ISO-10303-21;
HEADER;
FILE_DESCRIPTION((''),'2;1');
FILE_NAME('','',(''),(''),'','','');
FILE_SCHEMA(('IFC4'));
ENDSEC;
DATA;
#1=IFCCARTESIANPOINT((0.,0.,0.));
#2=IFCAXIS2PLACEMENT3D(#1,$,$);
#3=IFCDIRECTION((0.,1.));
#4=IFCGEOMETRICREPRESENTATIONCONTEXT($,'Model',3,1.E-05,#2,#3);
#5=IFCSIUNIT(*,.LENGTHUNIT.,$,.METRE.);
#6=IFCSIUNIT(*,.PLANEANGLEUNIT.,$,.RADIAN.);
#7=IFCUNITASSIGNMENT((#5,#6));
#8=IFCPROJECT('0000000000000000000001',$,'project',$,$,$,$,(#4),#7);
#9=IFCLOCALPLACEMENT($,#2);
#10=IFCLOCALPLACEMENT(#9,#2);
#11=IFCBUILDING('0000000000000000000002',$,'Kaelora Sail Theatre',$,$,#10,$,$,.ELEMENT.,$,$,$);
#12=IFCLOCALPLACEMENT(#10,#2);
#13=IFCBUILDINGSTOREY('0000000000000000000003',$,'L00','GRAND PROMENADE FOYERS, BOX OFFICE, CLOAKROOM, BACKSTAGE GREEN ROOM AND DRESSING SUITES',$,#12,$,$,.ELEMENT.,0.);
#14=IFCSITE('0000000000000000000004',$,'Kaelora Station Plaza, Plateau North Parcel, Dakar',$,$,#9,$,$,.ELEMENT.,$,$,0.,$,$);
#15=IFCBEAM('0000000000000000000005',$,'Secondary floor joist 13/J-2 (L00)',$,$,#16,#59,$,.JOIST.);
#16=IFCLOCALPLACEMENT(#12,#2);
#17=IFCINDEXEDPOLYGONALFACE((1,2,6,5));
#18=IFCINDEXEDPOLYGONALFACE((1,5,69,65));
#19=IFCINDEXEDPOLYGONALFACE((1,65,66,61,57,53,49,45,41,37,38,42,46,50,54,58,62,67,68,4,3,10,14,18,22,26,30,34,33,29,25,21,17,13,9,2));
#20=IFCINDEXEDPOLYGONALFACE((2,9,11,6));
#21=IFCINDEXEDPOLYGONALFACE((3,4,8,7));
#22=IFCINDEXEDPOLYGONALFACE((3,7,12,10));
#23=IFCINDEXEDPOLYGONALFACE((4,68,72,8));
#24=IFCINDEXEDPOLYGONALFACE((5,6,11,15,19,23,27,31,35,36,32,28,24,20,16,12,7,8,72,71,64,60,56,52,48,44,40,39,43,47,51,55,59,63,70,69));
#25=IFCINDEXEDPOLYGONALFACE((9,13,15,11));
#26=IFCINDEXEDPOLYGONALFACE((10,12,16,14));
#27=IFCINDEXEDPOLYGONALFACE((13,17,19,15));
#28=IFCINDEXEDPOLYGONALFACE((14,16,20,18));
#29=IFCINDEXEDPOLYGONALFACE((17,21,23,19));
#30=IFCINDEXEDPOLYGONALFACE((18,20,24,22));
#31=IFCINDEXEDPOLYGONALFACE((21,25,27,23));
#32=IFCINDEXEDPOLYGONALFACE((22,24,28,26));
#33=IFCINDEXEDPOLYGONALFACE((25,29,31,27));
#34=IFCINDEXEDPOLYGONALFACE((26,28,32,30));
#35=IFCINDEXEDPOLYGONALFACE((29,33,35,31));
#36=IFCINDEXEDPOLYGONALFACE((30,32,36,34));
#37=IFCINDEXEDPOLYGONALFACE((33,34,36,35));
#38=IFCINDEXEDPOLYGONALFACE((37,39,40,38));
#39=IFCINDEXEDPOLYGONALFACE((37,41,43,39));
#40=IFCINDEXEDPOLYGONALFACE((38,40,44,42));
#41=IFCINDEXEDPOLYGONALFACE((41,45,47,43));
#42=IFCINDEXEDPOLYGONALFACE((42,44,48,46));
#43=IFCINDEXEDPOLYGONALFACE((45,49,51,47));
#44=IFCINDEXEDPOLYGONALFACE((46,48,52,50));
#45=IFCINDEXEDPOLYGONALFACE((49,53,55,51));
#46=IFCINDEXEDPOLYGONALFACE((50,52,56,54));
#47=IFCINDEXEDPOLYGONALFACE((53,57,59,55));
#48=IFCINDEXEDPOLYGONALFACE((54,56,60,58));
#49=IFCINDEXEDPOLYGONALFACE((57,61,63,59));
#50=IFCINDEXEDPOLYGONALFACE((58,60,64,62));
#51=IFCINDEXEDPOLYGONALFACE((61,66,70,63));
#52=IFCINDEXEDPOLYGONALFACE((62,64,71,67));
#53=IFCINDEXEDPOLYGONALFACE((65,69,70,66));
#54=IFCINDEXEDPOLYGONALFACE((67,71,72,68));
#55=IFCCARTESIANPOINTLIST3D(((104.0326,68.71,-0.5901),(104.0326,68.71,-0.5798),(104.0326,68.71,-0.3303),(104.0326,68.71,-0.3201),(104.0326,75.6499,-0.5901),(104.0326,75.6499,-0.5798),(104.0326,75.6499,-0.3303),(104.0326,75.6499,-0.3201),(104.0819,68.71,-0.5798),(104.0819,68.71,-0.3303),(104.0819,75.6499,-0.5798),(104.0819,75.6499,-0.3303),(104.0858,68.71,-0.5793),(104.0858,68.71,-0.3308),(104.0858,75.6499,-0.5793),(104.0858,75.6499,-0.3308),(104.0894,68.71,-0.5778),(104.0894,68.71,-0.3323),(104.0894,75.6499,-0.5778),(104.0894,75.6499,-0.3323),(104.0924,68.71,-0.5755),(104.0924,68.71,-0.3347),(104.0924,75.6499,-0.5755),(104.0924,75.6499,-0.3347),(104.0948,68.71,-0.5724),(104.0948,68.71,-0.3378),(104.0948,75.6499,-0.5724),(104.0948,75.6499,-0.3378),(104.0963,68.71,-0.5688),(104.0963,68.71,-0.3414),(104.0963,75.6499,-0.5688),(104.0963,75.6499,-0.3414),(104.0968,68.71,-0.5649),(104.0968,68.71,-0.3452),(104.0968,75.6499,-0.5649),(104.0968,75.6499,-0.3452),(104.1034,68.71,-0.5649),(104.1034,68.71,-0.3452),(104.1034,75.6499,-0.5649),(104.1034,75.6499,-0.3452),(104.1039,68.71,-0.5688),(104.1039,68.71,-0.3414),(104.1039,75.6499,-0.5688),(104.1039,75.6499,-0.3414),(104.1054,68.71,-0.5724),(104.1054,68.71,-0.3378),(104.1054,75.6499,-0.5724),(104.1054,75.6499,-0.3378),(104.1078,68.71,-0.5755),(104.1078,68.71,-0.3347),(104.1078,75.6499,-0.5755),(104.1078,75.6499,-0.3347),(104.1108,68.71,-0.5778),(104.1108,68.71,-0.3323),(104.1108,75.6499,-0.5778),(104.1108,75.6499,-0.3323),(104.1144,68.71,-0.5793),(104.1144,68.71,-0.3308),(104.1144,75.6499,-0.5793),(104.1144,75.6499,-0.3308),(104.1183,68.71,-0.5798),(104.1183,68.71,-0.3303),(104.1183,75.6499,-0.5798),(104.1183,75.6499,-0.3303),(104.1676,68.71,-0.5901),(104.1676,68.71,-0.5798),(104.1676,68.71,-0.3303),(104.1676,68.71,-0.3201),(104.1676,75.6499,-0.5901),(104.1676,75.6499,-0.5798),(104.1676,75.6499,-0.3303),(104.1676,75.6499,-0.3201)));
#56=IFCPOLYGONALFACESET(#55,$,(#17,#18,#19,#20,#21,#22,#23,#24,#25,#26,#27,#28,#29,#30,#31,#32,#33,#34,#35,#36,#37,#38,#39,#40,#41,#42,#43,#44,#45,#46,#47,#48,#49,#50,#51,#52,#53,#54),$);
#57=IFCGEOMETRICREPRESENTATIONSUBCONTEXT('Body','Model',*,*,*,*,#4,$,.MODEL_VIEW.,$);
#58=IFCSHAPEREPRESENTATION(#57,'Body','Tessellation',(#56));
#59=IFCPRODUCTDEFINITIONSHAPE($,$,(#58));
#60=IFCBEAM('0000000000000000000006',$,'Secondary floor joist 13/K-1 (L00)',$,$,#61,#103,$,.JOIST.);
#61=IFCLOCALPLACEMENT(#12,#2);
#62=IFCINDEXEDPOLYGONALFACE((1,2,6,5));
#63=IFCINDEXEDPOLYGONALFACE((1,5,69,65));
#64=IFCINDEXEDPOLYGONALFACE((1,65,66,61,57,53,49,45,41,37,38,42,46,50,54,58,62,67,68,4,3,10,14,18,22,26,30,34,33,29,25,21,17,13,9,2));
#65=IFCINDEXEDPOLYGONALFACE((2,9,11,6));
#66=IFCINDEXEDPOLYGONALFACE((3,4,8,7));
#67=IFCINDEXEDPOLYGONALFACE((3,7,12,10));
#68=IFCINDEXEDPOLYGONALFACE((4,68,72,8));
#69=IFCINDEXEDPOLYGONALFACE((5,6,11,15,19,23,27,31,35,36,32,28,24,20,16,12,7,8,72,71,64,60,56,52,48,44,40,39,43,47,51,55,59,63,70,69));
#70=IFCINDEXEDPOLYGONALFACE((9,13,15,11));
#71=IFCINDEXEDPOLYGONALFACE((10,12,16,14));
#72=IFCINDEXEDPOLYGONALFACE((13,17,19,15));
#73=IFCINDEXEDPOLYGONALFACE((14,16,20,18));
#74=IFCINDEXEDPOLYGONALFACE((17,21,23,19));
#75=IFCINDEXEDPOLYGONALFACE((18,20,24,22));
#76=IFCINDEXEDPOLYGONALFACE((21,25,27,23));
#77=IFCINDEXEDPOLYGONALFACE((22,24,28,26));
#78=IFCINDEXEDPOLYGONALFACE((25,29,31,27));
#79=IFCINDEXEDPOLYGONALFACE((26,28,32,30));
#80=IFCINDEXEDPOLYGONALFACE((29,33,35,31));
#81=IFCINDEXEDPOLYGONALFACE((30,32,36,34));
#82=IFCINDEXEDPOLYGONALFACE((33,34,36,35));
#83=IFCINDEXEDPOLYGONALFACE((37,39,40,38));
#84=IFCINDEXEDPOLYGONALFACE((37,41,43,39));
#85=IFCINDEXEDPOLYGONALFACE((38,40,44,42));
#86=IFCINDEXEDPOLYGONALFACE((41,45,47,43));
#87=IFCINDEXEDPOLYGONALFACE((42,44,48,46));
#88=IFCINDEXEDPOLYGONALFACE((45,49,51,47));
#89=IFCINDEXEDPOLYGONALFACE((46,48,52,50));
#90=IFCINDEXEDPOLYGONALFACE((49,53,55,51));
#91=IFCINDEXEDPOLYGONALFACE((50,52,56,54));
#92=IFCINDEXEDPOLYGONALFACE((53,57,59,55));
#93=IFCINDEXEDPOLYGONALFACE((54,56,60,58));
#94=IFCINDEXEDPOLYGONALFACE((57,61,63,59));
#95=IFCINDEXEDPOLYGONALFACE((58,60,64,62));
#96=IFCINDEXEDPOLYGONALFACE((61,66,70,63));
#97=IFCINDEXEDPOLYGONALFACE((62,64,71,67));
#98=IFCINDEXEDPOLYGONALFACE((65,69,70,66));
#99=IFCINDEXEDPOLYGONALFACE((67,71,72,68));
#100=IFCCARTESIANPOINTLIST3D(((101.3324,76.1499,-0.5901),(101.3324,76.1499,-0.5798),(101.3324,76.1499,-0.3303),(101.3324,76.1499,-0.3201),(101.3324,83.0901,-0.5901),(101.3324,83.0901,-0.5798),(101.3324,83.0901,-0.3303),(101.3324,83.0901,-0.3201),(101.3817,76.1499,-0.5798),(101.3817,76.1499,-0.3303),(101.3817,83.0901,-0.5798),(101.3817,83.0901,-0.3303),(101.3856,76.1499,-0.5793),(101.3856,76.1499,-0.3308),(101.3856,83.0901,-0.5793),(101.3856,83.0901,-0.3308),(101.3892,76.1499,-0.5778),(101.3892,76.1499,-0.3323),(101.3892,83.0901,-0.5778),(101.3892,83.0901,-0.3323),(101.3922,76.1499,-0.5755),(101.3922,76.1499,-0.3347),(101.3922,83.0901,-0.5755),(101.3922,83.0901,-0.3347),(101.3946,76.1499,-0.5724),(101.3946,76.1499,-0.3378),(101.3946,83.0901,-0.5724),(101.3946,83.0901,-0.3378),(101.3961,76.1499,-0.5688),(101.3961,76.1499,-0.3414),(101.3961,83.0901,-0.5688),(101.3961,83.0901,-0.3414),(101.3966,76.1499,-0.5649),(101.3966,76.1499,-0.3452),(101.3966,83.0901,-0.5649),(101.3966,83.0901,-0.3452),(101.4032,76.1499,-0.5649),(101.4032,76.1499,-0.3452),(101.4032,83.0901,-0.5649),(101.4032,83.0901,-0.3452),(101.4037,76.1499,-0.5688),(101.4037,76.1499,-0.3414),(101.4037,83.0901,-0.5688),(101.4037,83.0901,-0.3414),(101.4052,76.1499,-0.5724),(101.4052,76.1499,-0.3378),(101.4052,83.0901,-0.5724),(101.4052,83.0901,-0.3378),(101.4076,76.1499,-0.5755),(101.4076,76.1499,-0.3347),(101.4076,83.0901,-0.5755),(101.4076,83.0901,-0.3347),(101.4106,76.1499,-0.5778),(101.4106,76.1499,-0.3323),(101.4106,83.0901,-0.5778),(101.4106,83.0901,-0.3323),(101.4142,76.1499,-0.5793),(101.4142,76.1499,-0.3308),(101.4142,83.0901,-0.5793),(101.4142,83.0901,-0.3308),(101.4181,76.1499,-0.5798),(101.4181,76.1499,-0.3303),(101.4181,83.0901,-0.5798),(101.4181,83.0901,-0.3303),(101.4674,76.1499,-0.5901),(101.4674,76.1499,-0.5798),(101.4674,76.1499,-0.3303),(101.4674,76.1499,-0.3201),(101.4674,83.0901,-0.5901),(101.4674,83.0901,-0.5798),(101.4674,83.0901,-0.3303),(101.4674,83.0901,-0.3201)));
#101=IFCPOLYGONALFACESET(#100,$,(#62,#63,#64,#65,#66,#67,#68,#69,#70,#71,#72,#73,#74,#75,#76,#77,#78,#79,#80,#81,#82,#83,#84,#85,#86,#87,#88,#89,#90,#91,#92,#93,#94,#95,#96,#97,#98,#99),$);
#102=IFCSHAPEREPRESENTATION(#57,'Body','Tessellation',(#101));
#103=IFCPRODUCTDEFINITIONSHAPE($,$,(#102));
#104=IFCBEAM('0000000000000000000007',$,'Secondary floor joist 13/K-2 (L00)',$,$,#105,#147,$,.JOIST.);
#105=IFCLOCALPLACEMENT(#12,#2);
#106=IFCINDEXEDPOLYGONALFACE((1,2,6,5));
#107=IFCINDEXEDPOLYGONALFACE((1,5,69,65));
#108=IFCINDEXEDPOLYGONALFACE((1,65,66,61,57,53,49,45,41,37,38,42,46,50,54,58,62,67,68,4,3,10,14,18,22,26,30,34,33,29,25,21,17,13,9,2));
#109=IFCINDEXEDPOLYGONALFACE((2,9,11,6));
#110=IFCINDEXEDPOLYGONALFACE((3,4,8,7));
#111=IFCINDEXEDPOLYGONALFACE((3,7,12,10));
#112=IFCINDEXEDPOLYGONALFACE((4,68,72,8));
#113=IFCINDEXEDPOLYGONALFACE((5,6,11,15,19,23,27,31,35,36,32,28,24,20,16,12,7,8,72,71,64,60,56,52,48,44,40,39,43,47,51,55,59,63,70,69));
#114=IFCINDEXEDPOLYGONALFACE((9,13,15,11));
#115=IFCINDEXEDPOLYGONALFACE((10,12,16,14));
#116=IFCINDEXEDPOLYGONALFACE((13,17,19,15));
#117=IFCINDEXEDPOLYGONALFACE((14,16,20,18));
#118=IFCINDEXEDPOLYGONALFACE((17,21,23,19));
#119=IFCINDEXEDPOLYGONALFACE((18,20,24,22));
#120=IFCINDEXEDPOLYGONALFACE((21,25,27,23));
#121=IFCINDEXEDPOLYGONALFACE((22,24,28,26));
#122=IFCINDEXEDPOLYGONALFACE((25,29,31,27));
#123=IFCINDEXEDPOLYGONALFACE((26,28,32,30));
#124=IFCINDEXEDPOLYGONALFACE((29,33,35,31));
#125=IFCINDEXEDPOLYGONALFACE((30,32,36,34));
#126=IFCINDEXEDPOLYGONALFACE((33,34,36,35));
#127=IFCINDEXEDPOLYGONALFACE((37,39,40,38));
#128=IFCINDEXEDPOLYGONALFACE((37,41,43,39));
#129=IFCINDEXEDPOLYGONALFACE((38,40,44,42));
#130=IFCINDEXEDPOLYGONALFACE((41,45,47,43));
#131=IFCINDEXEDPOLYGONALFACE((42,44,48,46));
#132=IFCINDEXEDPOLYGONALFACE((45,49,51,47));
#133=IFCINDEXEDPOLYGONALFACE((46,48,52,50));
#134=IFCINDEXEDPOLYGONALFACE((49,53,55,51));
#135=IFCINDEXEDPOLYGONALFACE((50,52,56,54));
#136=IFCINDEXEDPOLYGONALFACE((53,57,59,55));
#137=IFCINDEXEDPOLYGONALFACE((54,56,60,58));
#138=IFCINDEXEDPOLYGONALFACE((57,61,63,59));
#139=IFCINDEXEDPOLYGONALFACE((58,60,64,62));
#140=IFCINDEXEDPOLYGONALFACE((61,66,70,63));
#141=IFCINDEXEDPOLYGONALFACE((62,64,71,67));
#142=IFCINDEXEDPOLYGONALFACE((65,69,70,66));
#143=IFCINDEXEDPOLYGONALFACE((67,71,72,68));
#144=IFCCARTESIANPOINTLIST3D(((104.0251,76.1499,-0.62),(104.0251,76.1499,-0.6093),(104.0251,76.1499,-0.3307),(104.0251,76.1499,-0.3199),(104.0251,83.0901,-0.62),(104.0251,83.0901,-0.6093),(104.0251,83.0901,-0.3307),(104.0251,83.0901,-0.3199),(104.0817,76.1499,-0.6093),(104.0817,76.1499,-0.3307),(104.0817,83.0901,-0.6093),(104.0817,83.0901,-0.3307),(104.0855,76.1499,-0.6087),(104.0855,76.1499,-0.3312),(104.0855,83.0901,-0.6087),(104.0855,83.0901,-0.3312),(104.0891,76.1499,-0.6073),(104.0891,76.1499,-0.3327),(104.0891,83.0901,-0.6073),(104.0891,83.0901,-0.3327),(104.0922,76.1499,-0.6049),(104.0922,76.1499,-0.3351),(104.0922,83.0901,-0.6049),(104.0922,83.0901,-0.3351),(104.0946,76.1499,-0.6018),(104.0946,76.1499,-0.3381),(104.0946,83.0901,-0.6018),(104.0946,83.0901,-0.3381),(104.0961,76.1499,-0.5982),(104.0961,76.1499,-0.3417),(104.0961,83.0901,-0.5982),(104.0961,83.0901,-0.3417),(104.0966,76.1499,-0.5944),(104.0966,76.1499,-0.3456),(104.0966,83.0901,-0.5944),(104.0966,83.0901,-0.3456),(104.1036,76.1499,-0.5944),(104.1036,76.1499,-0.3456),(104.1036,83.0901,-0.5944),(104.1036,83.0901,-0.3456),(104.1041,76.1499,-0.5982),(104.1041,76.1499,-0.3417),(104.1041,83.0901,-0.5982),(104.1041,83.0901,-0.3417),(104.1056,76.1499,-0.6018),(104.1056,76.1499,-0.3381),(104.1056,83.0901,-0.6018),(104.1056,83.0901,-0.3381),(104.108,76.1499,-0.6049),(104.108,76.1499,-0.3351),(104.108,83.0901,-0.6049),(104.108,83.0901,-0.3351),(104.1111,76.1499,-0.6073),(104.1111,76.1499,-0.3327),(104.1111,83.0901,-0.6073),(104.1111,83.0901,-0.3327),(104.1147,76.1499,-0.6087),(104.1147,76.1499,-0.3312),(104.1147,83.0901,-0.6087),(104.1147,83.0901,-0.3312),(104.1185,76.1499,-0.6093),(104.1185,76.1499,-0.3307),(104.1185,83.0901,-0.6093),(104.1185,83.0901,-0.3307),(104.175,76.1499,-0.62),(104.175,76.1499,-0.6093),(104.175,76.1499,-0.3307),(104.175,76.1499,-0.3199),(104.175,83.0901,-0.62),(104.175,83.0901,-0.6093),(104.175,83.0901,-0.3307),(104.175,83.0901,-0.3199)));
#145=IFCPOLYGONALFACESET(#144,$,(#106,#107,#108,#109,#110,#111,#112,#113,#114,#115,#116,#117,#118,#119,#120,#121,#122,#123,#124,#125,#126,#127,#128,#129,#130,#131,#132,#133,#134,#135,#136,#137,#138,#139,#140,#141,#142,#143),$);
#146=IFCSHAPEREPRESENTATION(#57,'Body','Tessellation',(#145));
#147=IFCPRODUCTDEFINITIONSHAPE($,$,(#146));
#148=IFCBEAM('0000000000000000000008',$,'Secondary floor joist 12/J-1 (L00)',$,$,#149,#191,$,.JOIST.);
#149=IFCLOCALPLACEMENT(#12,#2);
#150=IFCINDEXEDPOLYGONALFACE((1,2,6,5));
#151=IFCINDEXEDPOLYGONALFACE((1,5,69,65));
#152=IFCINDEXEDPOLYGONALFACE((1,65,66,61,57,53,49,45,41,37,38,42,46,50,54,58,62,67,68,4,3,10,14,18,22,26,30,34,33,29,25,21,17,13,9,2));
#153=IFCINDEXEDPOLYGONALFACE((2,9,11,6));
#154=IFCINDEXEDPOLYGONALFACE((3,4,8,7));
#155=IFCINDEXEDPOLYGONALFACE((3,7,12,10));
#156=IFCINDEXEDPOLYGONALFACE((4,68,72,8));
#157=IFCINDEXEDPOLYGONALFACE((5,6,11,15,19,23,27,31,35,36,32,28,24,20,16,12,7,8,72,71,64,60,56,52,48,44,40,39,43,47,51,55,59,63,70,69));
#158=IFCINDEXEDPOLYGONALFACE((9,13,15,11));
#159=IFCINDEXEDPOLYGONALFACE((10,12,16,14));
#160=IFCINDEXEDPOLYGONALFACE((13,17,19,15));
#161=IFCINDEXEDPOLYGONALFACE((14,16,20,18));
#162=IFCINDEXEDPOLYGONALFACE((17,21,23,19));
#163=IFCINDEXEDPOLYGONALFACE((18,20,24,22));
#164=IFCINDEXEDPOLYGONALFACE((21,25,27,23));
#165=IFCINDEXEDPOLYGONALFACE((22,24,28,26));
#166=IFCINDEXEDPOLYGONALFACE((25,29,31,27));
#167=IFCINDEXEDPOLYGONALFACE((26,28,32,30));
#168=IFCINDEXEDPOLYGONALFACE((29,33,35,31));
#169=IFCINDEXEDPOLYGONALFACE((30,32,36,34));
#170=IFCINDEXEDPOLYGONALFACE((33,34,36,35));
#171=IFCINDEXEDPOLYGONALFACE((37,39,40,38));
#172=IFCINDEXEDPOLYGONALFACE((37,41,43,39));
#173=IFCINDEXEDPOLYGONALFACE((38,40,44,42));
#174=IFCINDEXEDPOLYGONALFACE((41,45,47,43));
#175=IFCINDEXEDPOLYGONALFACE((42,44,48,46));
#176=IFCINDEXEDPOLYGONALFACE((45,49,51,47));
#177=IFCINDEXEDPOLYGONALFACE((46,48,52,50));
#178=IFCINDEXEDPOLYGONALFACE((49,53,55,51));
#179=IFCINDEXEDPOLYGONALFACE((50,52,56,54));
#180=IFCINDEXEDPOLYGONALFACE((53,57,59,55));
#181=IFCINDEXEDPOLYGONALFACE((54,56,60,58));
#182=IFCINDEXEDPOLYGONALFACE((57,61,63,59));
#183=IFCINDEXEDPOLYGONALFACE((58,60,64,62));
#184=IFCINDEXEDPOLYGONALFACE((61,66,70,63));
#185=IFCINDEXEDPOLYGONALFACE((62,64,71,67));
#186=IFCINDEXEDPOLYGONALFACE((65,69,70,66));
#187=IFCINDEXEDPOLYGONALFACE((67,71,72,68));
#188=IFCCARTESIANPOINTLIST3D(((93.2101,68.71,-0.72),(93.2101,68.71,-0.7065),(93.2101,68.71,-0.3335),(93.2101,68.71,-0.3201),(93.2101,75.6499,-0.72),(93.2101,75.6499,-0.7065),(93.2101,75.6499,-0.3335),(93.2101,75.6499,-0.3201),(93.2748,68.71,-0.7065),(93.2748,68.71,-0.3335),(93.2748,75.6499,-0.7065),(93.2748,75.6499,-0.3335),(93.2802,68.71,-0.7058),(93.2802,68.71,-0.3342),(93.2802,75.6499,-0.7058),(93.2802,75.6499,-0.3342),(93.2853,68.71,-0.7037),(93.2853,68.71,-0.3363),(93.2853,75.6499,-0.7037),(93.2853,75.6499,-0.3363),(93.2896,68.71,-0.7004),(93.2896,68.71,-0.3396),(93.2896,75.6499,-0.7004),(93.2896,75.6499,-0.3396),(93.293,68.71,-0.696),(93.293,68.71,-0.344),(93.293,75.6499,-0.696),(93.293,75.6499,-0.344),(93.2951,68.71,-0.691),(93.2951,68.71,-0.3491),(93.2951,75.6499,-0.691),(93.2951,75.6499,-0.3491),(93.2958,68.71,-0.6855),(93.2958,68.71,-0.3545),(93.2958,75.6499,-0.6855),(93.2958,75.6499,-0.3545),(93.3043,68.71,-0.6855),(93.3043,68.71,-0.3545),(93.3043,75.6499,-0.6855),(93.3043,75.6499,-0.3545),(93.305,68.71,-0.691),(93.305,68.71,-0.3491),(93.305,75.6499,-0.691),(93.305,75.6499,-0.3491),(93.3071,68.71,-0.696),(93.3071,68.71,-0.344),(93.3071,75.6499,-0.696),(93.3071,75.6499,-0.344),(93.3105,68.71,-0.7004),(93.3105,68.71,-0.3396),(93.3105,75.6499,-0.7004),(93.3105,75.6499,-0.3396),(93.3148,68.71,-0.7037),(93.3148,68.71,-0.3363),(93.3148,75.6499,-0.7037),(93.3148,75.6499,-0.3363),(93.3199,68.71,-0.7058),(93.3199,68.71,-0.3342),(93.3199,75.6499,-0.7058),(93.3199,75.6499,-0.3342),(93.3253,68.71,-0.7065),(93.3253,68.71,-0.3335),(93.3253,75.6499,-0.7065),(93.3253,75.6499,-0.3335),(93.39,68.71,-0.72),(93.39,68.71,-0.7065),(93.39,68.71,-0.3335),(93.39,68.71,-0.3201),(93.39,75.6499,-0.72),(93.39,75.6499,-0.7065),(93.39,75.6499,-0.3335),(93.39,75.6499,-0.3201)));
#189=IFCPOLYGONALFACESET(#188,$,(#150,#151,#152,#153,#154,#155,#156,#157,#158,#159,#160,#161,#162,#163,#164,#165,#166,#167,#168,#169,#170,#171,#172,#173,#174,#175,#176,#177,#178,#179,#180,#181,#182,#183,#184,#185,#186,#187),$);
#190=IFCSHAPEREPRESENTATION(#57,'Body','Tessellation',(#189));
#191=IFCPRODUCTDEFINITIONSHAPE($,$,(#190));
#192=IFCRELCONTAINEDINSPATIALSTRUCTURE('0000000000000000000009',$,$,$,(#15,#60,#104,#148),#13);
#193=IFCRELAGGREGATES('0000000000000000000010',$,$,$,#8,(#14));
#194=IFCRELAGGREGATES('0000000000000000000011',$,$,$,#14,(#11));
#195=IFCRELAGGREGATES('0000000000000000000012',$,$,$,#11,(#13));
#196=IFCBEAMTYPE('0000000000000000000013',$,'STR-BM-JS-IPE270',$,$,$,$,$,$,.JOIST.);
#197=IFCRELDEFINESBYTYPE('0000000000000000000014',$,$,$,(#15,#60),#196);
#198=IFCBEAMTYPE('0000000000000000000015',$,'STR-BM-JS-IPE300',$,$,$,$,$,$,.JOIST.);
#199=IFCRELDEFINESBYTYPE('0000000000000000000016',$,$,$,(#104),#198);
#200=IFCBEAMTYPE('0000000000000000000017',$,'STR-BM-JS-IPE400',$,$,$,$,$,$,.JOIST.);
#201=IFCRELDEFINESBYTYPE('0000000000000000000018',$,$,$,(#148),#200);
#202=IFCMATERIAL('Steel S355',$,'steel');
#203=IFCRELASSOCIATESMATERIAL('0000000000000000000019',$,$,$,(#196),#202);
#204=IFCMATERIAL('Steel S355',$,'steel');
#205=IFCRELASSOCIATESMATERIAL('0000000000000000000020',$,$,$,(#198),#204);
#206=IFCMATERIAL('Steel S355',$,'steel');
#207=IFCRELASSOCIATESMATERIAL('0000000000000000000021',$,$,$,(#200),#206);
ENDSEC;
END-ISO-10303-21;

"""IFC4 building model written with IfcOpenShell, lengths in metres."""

from ifc_helpers import new_model, si_unit, direction, frame, origin, origin_2d, place, context, subcontext, project, spatial, i_section, extrude, material, material_profile, profile_set, type_object, element, save


model = new_model("IFC4")

# Units and contexts
model_context = context("Model", 3, precision=1e-05, world=origin(), true_north=direction((0.0, 1.0)))
body_context = subcontext(model_context, "Body", "Model", "MODEL_VIEW")
ifc_project = project(units=[si_unit("LENGTHUNIT", "METRE"), si_unit("PLANEANGLEUNIT", "RADIAN")], contexts=[model_context])

# Site, building, storey
site_placement = place(None, origin())
site = spatial("IfcSite", under=ifc_project, at=site_placement, Name="Kaelora Station Plaza, Plateau North Parcel, Dakar", CompositionType="ELEMENT", RefElevation=0.0)
building_placement = place(site_placement, origin())
building = spatial("IfcBuilding", under=site, at=building_placement, Name="Kaelora Sail Theatre", CompositionType="ELEMENT")
storey_placement = place(building_placement, origin())
storey = spatial("IfcBuildingStorey", under=building, at=storey_placement, Name="L00", Description="GRAND PROMENADE FOYERS, BOX OFFICE, CLOAKROOM, BACKSTAGE GREEN ROOM AND DRESSING SUITES", CompositionType="ELEMENT", Elevation=0.0)

# Beams
ifc_material_1 = material(Name="Steel S355", Category="steel")
ifc_material_profile_1 = material_profile(ifc_material_1, i_section(OverallWidth=0.135, OverallDepth=0.27, WebThickness=0.0066, FlangeThickness=0.0103, FilletRadius=0.0149, at=origin_2d()), Name="IPE 270")
ifc_profile_set_1 = profile_set([ifc_material_profile_1], Name="Steel S355")
beam_type_1 = type_object("IfcBeamType", Name="STR-BM-JS-IPE270", PredefinedType="JOIST", material=ifc_profile_set_1)
beam_1_placement = place(storey_placement, frame((104.1001, 68.71, -0.4551), z_axis=(0.0, 1.0, 0.0), x_axis=(-1.0, 0.0, 0.0)))
element("IfcBeam", 1, at=beam_1_placement, inside=storey, type_object=beam_type_1, Name="Secondary floor joist 13/J-2 (L00)", PredefinedType="JOIST", context=body_context, shape_type="SweptSolid", body=[
    extrude(i_section(OverallWidth=0.135, OverallDepth=0.27, WebThickness=0.0066, FlangeThickness=0.0103, FilletRadius=0.0149, at=origin_2d()), origin(), (0.0, 0.0, 1.0), 6.9399),
])
beam_2_placement = place(storey_placement, frame((101.3999, 76.1499, -0.4551), z_axis=(0.0, 1.0, 0.0), x_axis=(-1.0, 0.0, 0.0)))
element("IfcBeam", 2, at=beam_2_placement, inside=storey, type_object=beam_type_1, Name="Secondary floor joist 13/K-1 (L00)", PredefinedType="JOIST", context=body_context, shape_type="SweptSolid", body=[
    extrude(i_section(OverallWidth=0.135, OverallDepth=0.27, WebThickness=0.0066, FlangeThickness=0.0103, FilletRadius=0.0149, at=origin_2d()), origin(), (0.0, 0.0, 1.0), 6.9402),
])
ifc_material_2 = material(Name="Steel S355", Category="steel")
ifc_material_profile_2 = material_profile(ifc_material_2, i_section(OverallWidth=0.1499, OverallDepth=0.3, WebThickness=0.0071, FlangeThickness=0.0107, FilletRadius=0.0149, at=origin_2d()), Name="IPE 300")
ifc_profile_set_2 = profile_set([ifc_material_profile_2], Name="Steel S355")
beam_type_2 = type_object("IfcBeamType", Name="STR-BM-JS-IPE300", PredefinedType="JOIST", material=ifc_profile_set_2)
beam_3_placement = place(storey_placement, frame((104.1001, 76.1499, -0.47), z_axis=(0.0, 1.0, 0.0), x_axis=(-1.0, 0.0, 0.0)))
element("IfcBeam", 3, at=beam_3_placement, inside=storey, type_object=beam_type_2, Name="Secondary floor joist 13/K-2 (L00)", PredefinedType="JOIST", context=body_context, shape_type="SweptSolid", body=[
    extrude(i_section(OverallWidth=0.1499, OverallDepth=0.3, WebThickness=0.0071, FlangeThickness=0.0107, FilletRadius=0.0149, at=origin_2d()), origin(), (0.0, 0.0, 1.0), 6.9402),
])
ifc_material_3 = material(Name="Steel S355", Category="steel")
ifc_material_profile_3 = material_profile(ifc_material_3, i_section(OverallWidth=0.1799, OverallDepth=0.3999, WebThickness=0.0085, FlangeThickness=0.0134, FilletRadius=0.021, at=origin_2d()), Name="IPE 400")
ifc_profile_set_3 = profile_set([ifc_material_profile_3], Name="Steel S355")
beam_type_3 = type_object("IfcBeamType", Name="STR-BM-JS-IPE400", PredefinedType="JOIST", material=ifc_profile_set_3)
beam_4_placement = place(storey_placement, frame((93.3, 68.71, -0.52), z_axis=(0.0, 1.0, 0.0), x_axis=(-1.0, 0.0, 0.0)))
element("IfcBeam", 4, at=beam_4_placement, inside=storey, type_object=beam_type_3, Name="Secondary floor joist 12/J-1 (L00)", PredefinedType="JOIST", context=body_context, shape_type="SweptSolid", body=[
    extrude(i_section(OverallWidth=0.1799, OverallDepth=0.3999, WebThickness=0.0085, FlangeThickness=0.0134, FilletRadius=0.021, at=origin_2d()), origin(), (0.0, 0.0, 1.0), 6.9399),
])

save(model, "model.ifc")
